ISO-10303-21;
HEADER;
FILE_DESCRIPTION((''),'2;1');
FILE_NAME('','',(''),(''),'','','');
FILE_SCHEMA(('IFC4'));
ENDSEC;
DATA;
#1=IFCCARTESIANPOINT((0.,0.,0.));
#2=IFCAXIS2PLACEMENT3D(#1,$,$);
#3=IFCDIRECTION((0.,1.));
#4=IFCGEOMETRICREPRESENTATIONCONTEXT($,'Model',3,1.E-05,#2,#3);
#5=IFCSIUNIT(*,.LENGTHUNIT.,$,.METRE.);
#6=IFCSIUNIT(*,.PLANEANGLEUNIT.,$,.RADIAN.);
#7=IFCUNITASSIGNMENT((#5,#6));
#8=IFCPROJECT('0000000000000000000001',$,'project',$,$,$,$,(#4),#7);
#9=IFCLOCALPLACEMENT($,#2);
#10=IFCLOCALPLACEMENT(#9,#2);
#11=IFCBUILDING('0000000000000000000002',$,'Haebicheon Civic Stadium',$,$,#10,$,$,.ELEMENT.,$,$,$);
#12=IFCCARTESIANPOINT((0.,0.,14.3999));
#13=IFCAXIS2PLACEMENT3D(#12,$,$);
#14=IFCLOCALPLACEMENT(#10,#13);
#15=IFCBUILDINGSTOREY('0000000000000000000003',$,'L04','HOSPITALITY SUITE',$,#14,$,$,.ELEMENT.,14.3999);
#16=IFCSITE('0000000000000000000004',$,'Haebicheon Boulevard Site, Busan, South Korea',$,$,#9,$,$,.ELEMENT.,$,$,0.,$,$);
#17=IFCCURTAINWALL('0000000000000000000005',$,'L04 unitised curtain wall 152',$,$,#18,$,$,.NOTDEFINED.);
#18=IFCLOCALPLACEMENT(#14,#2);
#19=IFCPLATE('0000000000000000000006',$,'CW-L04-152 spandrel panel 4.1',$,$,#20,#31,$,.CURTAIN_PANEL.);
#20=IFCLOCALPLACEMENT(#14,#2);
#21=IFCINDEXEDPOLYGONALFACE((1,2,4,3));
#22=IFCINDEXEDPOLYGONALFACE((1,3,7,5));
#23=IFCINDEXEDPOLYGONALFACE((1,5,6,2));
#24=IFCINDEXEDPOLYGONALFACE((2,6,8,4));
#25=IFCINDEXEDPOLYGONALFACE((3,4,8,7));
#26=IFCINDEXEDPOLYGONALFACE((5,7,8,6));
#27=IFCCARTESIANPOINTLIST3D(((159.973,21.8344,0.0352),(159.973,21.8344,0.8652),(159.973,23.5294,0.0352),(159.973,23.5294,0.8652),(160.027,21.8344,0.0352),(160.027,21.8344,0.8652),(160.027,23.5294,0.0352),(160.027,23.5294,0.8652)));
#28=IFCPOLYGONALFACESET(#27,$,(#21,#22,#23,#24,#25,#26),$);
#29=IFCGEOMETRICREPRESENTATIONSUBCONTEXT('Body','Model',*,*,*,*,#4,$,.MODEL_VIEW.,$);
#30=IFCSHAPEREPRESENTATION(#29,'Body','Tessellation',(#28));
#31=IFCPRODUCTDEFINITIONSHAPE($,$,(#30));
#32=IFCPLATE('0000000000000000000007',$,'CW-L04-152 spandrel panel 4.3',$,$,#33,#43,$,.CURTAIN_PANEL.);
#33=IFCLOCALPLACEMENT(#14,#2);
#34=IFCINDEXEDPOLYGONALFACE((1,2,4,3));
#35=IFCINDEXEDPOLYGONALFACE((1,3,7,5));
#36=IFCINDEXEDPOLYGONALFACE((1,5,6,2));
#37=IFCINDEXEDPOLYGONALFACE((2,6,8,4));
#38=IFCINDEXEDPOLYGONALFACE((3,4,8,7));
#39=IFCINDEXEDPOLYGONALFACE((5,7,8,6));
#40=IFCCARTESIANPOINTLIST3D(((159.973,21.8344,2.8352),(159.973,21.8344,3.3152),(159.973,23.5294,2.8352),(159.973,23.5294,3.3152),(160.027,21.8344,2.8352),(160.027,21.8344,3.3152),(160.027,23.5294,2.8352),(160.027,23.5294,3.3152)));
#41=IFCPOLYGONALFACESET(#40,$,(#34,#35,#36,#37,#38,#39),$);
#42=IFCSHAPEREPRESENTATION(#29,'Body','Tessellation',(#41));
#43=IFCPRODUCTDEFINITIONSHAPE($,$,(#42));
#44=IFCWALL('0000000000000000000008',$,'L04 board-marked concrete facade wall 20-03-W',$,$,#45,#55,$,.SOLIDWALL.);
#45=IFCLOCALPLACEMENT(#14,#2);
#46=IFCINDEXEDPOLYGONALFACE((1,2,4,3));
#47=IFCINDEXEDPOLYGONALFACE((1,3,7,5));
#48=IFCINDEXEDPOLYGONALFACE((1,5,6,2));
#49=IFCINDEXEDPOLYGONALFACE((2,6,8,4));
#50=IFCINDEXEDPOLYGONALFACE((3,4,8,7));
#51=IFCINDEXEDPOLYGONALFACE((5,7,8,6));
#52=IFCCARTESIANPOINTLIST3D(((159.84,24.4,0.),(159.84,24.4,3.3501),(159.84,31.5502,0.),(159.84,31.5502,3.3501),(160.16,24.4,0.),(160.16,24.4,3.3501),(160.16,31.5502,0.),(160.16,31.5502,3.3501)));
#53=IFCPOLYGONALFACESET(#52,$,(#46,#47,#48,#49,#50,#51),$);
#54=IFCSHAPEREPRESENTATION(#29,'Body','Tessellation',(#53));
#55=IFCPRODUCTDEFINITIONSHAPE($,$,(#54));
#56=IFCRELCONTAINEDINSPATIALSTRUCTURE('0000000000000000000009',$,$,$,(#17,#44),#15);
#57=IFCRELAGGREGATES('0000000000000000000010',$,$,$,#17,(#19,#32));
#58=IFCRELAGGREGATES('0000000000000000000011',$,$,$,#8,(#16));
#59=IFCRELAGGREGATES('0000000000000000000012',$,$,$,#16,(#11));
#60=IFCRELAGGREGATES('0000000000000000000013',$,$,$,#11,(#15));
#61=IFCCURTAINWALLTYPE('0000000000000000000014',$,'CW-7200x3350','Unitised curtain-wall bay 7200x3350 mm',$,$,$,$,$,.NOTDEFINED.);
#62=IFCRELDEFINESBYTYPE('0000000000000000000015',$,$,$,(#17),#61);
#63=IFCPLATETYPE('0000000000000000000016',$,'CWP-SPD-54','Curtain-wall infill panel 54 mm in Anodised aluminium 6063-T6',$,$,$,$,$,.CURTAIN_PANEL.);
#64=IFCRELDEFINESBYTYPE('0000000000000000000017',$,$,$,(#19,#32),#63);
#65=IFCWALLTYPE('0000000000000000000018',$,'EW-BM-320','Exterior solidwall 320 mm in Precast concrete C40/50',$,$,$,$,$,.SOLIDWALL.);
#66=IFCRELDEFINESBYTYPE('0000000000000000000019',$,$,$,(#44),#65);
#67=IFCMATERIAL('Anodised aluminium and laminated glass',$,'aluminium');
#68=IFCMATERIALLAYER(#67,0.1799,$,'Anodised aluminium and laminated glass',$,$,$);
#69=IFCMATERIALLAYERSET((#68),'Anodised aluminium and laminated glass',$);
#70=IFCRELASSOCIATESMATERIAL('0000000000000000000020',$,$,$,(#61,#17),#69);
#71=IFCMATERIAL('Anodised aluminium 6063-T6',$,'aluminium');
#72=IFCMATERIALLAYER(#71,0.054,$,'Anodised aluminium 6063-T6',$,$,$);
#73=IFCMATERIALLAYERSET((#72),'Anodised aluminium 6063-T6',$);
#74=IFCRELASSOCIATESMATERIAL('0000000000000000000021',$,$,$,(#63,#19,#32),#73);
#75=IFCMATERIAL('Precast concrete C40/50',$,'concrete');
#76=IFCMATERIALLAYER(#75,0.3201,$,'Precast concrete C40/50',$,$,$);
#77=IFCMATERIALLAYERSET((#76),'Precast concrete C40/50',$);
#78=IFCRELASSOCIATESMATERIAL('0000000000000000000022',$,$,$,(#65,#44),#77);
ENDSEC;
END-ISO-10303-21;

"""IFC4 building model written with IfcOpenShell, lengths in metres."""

from ifc_helpers import new_model, si_unit, direction, frame, frame_2d, origin, origin_2d, place, context, subcontext, project, spatial, rectangle, extrude, material, layer, layer_set, type_object, element, aggregate, save


model = new_model("IFC4")

# Units and contexts
model_context = context("Model", 3, precision=1e-05, world=origin(), true_north=direction((0.0, 1.0)))
body_context = subcontext(model_context, "Body", "Model", "MODEL_VIEW")
ifc_project = project(units=[si_unit("LENGTHUNIT", "METRE"), si_unit("PLANEANGLEUNIT", "RADIAN")], contexts=[model_context])

# Site, building, storey
site_placement = place(None, origin())
site = spatial("IfcSite", under=ifc_project, at=site_placement, Name="Haebicheon Boulevard Site, Busan, South Korea", CompositionType="ELEMENT", RefElevation=0.0)
building_placement = place(site_placement, origin())
building = spatial("IfcBuilding", under=site, at=building_placement, Name="Haebicheon Civic Stadium", CompositionType="ELEMENT")
storey_placement = place(building_placement, frame((0.0, 0.0, 14.3999)))
storey = spatial("IfcBuildingStorey", under=building, at=storey_placement, Name="L04", Description="HOSPITALITY SUITE", CompositionType="ELEMENT", Elevation=14.3999)

# Curtain wall
ifc_material_1 = material(Name="Anodised aluminium and laminated glass", Category="aluminium")
ifc_layer_1 = layer(ifc_material_1, 0.1799, Name="Anodised aluminium and laminated glass")
ifc_layer_set_1 = layer_set([ifc_layer_1], Name="Anodised aluminium and laminated glass")
curtain_wall_type = type_object("IfcCurtainWallType", Name="CW-7200x3350", Description="Unitised curtain-wall bay 7200x3350 mm", PredefinedType="NOTDEFINED", material=ifc_layer_set_1)
curtain_wall_placement = place(storey_placement, origin())
curtain_wall = element("IfcCurtainWall", 1, at=curtain_wall_placement, inside=storey, type_object=curtain_wall_type, material=ifc_layer_set_1, Name="L04 unitised curtain wall 152", PredefinedType="NOTDEFINED")

# Plates
ifc_material_2 = material(Name="Anodised aluminium 6063-T6", Category="aluminium")
ifc_layer_2 = layer(ifc_material_2, 0.054, Name="Anodised aluminium 6063-T6")
ifc_layer_set_2 = layer_set([ifc_layer_2], Name="Anodised aluminium 6063-T6")
plate_type_1 = type_object("IfcPlateType", Name="CWP-SPD-54", Description="Curtain-wall infill panel 54 mm in Anodised aluminium 6063-T6", PredefinedType="CURTAIN_PANEL", material=ifc_layer_set_2)
plate_1_placement = place(storey_placement, frame((160.0, 22.6819, 0.0352), z_axis=(0.0, 0.0, 1.0), x_axis=(0.0, 1.0, 0.0)))
plate_1 = element("IfcPlate", 2, at=plate_1_placement, type_object=plate_type_1, material=ifc_layer_set_2, Name="CW-L04-152 spandrel panel 4.1", PredefinedType="CURTAIN_PANEL", context=body_context, shape_type="SweptSolid", body=[
    extrude(rectangle(XDim=1.6951, YDim=0.054, at=origin_2d()), origin(), (0.0, 0.0, 1.0), 0.8301),
])
plate_2_placement = place(storey_placement, frame((160.0, 22.6819, 2.8352), z_axis=(0.0, 0.0, 1.0), x_axis=(0.0, 1.0, 0.0)))
plate_2 = element("IfcPlate", 3, at=plate_2_placement, type_object=plate_type_1, material=ifc_layer_set_2, Name="CW-L04-152 spandrel panel 4.3", PredefinedType="CURTAIN_PANEL", context=body_context, shape_type="SweptSolid", body=[
    extrude(rectangle(XDim=1.6951, YDim=0.054, at=origin_2d()), origin(), (0.0, 0.0, 1.0), 0.48),
])
aggregate(curtain_wall, [plate_1, plate_2])

# Wall
ifc_material_3 = material(Name="Precast concrete C40/50", Category="concrete")
ifc_layer_3 = layer(ifc_material_3, 0.3201, Name="Precast concrete C40/50")
ifc_layer_set_3 = layer_set([ifc_layer_3], Name="Precast concrete C40/50")
wall_type = type_object("IfcWallType", Name="EW-BM-320", Description="Exterior solidwall 320 mm in Precast concrete C40/50", PredefinedType="SOLIDWALL", material=ifc_layer_set_3)
wall_placement = place(storey_placement, frame((160.0, 24.3999, 0.0), z_axis=(0.0, 0.0, 1.0), x_axis=(0.0, 1.0, 0.0)))
element("IfcWall", 4, at=wall_placement, inside=storey, type_object=wall_type, material=ifc_layer_set_3, Name="L04 board-marked concrete facade wall 20-03-W", PredefinedType="SOLIDWALL", context=body_context, shape_type="SweptSolid", body=[
    extrude(rectangle(XDim=7.1501, YDim=0.3201, at=frame_2d((3.5752, 0.0))), origin(), (0.0, 0.0, 1.0), 3.3501),
])

save(model, "model.ifc")
